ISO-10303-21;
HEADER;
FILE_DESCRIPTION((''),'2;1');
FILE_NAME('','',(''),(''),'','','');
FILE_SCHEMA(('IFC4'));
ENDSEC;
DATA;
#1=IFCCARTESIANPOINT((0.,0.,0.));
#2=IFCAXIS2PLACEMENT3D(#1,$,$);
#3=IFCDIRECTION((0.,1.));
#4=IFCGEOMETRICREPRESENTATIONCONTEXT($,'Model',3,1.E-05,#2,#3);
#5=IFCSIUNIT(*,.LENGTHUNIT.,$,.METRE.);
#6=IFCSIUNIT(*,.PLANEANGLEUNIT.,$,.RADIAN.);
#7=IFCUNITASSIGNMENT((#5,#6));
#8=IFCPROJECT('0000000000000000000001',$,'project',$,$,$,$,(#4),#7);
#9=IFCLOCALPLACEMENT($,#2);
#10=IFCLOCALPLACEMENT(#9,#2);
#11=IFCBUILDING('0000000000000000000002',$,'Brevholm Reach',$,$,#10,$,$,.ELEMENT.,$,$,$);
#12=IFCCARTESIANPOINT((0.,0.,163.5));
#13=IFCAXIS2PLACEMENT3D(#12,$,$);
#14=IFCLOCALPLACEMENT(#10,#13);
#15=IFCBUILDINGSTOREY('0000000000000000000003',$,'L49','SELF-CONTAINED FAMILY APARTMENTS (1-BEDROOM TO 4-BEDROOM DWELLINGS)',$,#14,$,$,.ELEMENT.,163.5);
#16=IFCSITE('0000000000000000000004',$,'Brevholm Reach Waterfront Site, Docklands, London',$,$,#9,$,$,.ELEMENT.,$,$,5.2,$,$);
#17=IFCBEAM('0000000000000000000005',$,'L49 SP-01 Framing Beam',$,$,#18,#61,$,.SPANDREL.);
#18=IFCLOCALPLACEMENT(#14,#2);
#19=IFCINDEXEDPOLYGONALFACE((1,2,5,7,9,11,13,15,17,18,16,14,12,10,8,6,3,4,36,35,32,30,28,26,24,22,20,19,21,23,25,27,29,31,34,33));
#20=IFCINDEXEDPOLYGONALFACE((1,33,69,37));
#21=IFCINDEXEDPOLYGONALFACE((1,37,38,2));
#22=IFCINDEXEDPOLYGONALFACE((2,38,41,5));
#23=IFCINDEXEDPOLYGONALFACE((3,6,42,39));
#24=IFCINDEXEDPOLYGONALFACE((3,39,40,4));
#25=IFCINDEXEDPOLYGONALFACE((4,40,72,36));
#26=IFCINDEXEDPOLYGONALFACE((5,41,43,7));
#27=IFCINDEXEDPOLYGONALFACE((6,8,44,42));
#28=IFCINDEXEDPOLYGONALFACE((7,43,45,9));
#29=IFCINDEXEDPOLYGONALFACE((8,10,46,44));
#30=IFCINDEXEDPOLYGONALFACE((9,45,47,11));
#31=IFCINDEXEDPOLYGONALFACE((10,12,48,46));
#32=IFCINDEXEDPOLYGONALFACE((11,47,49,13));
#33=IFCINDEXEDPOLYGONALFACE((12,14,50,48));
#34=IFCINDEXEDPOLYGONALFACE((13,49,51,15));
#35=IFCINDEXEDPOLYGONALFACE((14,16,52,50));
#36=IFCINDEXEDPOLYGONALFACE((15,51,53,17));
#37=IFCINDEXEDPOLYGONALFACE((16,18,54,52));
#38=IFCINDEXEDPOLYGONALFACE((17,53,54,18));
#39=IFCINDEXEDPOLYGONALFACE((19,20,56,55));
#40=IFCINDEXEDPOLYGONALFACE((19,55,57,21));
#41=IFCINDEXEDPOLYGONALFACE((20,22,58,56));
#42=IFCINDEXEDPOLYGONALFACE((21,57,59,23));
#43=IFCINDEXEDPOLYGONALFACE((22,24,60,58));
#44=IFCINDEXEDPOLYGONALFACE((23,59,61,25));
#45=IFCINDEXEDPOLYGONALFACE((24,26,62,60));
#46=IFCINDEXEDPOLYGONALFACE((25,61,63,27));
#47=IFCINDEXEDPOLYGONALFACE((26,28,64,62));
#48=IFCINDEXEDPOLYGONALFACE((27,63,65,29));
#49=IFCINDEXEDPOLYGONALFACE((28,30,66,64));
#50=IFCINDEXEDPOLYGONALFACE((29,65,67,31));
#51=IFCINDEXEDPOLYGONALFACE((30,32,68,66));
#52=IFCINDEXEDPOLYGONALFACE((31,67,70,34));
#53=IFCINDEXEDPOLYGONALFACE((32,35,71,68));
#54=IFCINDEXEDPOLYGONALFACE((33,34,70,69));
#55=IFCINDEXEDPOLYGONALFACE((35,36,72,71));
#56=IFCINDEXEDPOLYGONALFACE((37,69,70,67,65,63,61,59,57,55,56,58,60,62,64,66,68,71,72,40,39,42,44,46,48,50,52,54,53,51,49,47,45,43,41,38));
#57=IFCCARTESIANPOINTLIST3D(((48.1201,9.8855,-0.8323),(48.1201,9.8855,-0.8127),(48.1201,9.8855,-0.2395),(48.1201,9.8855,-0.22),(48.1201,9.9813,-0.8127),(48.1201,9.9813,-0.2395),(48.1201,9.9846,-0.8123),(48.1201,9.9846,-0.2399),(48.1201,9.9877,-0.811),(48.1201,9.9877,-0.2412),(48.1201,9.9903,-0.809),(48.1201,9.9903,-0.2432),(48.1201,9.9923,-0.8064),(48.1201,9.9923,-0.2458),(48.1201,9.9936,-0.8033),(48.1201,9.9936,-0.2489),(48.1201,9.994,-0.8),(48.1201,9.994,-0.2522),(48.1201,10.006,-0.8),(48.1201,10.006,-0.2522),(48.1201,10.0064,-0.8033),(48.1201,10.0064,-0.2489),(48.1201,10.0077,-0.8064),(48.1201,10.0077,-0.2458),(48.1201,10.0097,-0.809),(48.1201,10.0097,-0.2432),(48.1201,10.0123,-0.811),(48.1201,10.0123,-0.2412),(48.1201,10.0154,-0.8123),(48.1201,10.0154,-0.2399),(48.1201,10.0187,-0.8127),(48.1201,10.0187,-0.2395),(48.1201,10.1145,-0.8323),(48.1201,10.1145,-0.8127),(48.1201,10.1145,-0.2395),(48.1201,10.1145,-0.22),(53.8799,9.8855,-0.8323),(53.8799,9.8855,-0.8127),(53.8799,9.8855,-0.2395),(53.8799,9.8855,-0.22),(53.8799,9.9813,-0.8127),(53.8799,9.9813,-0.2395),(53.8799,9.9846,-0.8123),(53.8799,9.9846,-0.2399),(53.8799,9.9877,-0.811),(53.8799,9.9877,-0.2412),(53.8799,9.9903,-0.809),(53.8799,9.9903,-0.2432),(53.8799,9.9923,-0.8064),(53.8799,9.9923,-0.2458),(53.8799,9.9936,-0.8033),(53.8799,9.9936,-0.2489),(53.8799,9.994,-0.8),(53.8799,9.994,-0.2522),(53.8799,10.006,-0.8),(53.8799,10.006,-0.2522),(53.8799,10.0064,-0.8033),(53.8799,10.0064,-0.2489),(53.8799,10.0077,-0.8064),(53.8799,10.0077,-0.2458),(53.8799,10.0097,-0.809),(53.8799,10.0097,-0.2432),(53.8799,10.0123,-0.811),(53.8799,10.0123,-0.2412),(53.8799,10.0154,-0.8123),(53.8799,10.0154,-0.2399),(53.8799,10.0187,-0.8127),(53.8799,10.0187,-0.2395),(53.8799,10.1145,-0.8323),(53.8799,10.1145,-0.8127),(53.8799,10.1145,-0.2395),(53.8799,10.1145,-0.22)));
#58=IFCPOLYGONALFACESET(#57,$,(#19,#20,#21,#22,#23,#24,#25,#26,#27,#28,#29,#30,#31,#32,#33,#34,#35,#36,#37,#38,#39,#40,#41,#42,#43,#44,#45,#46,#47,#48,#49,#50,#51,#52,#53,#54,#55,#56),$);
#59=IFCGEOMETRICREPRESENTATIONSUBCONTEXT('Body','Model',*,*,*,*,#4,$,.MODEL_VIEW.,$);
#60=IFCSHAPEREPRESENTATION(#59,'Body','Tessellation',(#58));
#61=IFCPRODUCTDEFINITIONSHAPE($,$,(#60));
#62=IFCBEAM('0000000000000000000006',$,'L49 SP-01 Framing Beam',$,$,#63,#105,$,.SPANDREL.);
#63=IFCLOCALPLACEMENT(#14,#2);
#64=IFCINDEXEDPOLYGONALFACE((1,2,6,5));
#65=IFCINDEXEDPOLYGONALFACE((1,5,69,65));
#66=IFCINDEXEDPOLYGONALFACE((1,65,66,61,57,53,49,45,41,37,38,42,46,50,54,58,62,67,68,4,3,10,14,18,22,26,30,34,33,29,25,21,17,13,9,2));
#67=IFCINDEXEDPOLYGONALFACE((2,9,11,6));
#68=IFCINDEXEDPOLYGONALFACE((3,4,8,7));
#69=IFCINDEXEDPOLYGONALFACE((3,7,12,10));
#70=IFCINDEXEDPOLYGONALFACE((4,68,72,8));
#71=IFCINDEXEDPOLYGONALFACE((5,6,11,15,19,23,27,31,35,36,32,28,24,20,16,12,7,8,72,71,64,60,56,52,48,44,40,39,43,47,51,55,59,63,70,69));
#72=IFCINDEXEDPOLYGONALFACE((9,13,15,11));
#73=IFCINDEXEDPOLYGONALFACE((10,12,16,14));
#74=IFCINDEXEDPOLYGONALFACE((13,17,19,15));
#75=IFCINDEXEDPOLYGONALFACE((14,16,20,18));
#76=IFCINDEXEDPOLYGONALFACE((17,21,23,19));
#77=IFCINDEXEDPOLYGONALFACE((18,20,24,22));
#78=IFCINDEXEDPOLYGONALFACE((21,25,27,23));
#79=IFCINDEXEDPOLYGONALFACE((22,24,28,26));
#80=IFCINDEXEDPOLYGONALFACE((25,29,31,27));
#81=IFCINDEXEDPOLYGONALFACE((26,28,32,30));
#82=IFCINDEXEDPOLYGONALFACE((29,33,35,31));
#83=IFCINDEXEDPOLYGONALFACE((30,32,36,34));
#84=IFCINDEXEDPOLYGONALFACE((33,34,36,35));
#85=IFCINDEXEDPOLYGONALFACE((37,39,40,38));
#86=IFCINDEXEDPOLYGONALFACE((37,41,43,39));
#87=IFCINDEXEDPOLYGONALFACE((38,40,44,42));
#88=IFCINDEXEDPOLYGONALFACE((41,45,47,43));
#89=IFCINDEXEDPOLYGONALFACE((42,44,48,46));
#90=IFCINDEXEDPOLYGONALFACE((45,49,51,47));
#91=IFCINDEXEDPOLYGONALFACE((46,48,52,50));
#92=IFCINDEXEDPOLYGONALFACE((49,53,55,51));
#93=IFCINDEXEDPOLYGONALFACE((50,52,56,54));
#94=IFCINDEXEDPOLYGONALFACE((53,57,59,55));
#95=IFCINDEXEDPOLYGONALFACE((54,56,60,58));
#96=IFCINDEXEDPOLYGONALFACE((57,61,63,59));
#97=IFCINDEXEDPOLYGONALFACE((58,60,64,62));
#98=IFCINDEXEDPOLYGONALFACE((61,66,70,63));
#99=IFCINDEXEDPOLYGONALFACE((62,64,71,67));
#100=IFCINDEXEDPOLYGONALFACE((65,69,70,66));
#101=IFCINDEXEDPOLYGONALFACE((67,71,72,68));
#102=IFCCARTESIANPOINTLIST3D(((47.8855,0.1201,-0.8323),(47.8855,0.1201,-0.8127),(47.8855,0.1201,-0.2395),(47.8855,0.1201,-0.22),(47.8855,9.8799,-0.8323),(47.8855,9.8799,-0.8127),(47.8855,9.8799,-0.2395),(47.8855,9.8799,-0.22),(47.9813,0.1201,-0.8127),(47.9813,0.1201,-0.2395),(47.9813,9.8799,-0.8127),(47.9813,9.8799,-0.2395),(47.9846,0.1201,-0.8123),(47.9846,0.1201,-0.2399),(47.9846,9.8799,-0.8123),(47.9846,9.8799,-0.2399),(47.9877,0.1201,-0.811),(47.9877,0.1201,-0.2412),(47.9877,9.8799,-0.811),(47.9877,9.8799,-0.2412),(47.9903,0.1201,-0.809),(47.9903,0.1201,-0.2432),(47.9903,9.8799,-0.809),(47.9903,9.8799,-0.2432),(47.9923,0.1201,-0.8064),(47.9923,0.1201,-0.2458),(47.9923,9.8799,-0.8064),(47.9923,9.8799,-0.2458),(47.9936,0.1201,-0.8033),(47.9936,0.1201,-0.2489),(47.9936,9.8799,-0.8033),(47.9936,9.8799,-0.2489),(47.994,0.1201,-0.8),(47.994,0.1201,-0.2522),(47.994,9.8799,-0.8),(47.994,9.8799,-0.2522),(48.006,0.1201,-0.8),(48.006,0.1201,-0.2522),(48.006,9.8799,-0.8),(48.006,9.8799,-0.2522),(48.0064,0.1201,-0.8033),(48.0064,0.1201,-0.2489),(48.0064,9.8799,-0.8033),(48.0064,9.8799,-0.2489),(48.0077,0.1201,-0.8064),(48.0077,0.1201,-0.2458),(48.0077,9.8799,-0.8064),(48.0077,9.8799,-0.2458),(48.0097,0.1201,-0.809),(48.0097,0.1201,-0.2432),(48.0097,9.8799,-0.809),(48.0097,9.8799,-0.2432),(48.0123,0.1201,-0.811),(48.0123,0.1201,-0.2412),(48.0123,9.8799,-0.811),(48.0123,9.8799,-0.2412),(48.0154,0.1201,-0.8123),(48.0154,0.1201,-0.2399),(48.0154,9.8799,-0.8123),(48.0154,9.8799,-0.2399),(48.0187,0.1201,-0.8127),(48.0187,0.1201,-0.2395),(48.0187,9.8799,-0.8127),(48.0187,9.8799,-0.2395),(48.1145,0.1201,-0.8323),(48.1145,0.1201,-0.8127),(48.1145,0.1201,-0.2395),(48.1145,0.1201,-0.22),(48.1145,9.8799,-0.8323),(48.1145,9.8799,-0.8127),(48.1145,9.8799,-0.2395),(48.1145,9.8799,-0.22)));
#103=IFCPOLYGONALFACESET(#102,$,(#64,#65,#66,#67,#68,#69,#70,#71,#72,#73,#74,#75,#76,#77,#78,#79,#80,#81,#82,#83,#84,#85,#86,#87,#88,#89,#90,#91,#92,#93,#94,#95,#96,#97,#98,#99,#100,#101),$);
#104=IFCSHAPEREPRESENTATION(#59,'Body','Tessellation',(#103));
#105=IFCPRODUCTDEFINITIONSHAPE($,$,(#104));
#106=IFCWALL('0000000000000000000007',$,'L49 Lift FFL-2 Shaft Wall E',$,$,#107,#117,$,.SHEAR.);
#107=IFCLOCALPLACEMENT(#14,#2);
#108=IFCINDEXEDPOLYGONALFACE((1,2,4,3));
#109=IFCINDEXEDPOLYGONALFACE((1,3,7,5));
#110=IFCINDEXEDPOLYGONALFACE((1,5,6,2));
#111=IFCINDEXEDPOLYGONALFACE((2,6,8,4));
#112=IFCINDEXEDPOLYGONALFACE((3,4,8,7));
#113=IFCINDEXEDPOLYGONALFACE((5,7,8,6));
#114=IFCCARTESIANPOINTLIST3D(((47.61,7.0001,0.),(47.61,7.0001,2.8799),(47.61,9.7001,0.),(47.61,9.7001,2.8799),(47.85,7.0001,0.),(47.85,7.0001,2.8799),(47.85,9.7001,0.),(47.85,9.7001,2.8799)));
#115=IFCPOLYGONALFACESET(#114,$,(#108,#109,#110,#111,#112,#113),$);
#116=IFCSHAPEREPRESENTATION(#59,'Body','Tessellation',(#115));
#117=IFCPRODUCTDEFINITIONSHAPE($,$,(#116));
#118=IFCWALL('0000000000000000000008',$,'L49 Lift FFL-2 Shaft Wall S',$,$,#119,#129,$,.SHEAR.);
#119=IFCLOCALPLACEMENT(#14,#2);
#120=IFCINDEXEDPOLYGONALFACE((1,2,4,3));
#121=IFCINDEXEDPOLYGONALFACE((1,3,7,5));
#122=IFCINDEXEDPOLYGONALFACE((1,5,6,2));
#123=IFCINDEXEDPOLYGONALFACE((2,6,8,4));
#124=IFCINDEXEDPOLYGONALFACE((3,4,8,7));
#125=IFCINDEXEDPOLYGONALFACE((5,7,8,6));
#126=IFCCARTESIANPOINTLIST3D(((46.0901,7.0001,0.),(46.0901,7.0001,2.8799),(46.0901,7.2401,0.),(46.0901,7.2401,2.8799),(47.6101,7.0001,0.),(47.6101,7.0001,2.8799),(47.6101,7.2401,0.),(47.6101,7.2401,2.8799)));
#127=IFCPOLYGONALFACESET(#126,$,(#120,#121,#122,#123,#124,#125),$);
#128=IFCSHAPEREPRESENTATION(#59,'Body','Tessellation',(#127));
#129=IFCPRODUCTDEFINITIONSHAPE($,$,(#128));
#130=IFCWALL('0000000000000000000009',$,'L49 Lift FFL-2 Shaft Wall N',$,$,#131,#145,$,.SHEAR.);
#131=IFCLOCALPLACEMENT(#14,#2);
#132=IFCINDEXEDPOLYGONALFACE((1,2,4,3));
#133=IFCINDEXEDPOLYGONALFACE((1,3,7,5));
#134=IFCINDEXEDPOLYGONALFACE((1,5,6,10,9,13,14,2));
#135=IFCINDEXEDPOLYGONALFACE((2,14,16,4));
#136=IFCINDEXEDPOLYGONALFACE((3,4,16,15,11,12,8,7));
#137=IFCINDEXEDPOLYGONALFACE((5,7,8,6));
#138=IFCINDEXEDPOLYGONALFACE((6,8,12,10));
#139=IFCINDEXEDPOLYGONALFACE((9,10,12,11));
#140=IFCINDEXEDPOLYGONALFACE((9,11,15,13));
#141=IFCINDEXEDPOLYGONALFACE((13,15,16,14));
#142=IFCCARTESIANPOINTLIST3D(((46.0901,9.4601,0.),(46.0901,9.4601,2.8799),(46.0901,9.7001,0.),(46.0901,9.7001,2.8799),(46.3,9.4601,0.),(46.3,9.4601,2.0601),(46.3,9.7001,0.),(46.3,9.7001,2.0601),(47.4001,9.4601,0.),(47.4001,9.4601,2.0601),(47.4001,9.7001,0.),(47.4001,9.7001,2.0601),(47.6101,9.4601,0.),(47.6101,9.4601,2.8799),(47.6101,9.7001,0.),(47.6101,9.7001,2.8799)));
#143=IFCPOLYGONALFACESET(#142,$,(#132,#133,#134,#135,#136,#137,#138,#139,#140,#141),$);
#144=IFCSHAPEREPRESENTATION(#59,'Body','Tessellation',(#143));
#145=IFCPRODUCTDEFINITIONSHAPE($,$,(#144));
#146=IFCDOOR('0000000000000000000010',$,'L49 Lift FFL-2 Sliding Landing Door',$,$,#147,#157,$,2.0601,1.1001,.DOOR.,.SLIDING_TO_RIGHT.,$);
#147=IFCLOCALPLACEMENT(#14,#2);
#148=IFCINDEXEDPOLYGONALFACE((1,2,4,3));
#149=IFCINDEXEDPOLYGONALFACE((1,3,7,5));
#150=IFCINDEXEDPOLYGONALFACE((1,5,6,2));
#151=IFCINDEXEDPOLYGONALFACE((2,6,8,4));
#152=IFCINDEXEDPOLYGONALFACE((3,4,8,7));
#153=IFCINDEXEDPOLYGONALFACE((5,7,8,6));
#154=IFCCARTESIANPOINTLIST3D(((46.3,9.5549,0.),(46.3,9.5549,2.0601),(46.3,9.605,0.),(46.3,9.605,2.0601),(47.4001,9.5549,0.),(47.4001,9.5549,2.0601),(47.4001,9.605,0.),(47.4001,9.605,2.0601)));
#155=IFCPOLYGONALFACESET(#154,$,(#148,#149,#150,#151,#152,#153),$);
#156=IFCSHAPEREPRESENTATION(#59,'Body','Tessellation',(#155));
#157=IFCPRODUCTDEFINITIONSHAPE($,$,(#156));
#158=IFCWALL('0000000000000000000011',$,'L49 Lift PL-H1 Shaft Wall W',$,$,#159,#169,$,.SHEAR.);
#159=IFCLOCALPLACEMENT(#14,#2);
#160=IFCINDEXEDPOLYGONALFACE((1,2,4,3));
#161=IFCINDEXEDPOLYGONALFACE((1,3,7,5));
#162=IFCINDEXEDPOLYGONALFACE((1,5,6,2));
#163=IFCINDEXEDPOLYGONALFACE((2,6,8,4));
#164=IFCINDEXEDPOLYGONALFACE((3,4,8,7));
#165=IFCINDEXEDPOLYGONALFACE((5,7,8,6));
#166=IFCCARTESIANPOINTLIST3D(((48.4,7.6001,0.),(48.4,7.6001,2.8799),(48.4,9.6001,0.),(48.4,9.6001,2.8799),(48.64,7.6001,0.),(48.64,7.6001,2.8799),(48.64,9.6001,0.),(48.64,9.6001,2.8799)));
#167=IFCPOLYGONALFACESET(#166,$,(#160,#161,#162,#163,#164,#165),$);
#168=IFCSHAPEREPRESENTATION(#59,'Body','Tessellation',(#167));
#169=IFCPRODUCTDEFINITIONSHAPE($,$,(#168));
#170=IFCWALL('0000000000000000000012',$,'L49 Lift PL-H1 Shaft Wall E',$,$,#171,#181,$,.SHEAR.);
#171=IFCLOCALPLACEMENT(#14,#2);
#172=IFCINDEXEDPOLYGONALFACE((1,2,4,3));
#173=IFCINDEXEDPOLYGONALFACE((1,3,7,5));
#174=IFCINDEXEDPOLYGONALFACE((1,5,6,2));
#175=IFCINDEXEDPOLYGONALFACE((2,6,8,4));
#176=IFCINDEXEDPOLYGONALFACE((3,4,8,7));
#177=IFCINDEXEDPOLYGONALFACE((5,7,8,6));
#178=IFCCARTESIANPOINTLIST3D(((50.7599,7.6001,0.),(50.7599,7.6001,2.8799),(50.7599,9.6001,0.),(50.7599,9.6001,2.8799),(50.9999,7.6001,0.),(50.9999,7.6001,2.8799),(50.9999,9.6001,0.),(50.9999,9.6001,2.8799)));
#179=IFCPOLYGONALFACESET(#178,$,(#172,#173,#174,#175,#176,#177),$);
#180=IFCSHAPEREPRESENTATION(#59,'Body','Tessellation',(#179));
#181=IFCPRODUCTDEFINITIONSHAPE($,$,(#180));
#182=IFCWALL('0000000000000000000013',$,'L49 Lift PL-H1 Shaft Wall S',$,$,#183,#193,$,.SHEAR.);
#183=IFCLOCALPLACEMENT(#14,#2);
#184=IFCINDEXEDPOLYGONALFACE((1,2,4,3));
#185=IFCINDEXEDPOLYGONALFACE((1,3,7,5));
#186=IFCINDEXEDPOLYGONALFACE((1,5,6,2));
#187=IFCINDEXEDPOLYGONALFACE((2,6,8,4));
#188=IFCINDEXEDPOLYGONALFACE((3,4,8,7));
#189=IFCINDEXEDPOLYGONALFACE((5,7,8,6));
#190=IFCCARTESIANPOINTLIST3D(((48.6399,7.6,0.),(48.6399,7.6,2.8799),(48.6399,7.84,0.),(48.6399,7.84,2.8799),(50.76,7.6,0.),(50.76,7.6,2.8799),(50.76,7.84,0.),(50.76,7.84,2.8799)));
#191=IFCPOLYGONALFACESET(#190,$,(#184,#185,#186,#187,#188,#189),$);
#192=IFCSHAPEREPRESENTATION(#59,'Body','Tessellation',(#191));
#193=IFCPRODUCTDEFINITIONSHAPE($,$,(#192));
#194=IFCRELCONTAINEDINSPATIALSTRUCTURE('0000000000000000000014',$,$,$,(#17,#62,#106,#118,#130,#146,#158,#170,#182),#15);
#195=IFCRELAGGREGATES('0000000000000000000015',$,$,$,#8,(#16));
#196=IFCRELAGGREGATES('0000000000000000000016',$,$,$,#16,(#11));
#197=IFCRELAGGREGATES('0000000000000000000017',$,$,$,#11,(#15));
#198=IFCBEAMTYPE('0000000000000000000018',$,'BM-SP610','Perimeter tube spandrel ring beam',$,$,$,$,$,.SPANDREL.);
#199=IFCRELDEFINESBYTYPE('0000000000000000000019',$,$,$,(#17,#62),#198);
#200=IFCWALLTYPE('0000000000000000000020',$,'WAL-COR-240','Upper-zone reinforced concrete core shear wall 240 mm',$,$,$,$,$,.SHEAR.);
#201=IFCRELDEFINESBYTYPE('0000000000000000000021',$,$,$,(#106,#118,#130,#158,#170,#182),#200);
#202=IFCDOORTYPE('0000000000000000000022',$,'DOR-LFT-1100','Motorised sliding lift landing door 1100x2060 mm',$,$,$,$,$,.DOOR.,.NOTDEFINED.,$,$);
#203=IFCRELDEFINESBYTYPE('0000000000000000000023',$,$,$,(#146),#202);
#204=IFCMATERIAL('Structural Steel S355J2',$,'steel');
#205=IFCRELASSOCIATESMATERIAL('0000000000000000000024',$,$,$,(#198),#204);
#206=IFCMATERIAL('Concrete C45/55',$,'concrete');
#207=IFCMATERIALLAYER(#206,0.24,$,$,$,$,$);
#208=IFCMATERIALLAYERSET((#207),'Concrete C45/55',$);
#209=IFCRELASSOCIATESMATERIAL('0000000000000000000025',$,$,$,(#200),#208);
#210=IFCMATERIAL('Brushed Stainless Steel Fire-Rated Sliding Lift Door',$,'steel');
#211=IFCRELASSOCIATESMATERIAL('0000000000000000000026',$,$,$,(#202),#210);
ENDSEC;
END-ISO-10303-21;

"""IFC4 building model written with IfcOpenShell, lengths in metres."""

from ifc_helpers import new_model, si_unit, direction, frame, frame_2d, origin, origin_2d, place, context, subcontext, project, spatial, rectangle, i_section, extrude, material, layer, layer_set, material_profile, profile_set, type_object, element, fill, save


model = new_model("IFC4")

# Units and contexts
model_context = context("Model", 3, precision=1e-05, world=origin(), true_north=direction((0.0, 1.0)))
body_context = subcontext(model_context, "Body", "Model", "MODEL_VIEW")
ifc_project = project(units=[si_unit("LENGTHUNIT", "METRE"), si_unit("PLANEANGLEUNIT", "RADIAN")], contexts=[model_context])

# Site, building, storey
site_placement = place(None, origin())
site = spatial("IfcSite", under=ifc_project, at=site_placement, Name="Brevholm Reach Waterfront Site, Docklands, London", CompositionType="ELEMENT", RefElevation=5.2)
building_placement = place(site_placement, origin())
building = spatial("IfcBuilding", under=site, at=building_placement, Name="Brevholm Reach", CompositionType="ELEMENT")
storey_placement = place(building_placement, frame((0.0, 0.0, 163.5)))
storey = spatial("IfcBuildingStorey", under=building, at=storey_placement, Name="L49", Description="SELF-CONTAINED FAMILY APARTMENTS (1-BEDROOM TO 4-BEDROOM DWELLINGS)", CompositionType="ELEMENT", Elevation=163.5)

# Beams
ifc_material_1 = material(Name="Structural Steel S355J2", Category="steel")
ifc_material_profile_1 = material_profile(ifc_material_1, i_section(OverallWidth=0.229, OverallDepth=0.6123, WebThickness=0.012, FlangeThickness=0.0195, FilletRadius=0.0127, at=origin_2d()), Name="UKB 610x229x125")
ifc_profile_set_1 = profile_set([ifc_material_profile_1], Name="Structural Steel S355J2")
beam_type_1 = type_object("IfcBeamType", Name="BM-SP610", Description="Perimeter tube spandrel ring beam", PredefinedType="SPANDREL", material=ifc_profile_set_1)
beam_1_placement = place(storey_placement, frame((48.1201, 10.0, -0.5261), z_axis=(1.0, 0.0, 0.0), x_axis=(0.0, 1.0, 0.0)))
element("IfcBeam", 1, at=beam_1_placement, inside=storey, type_object=beam_type_1, Name="L49 SP-01 Framing Beam", PredefinedType="SPANDREL", context=body_context, shape_type="SweptSolid", body=[
    extrude(i_section(OverallWidth=0.229, OverallDepth=0.6123, WebThickness=0.012, FlangeThickness=0.0195, FilletRadius=0.0127, at=origin_2d()), origin(), (0.0, 0.0, 1.0), 5.7598),
])
beam_2_placement = place(storey_placement, frame((48.0, 0.1201, -0.5261), z_axis=(0.0, 1.0, 0.0), x_axis=(-1.0, 0.0, 0.0)))
element("IfcBeam", 2, at=beam_2_placement, inside=storey, type_object=beam_type_1, Name="L49 SP-01 Framing Beam", PredefinedType="SPANDREL", context=body_context, shape_type="SweptSolid", body=[
    extrude(i_section(OverallWidth=0.229, OverallDepth=0.6123, WebThickness=0.012, FlangeThickness=0.0195, FilletRadius=0.0127, at=origin_2d()), origin(), (0.0, 0.0, 1.0), 9.7598),
])

# Walls
ifc_material_2 = material(Name="Concrete C45/55", Category="concrete")
ifc_layer_1 = layer(ifc_material_2, 0.24)
ifc_layer_set_1 = layer_set([ifc_layer_1], Name="Concrete C45/55")
wall_type_1 = type_object("IfcWallType", Name="WAL-COR-240", Description="Upper-zone reinforced concrete core shear wall 240 mm", PredefinedType="SHEAR", material=ifc_layer_set_1)
wall_1_placement = place(storey_placement, frame((47.73, 7.0, 0.0), z_axis=(0.0, 0.0, 1.0), x_axis=(0.0, 1.0, 0.0)))
element("IfcWall", 3, at=wall_1_placement, inside=storey, type_object=wall_type_1, Name="L49 Lift FFL-2 Shaft Wall E", PredefinedType="SHEAR", context=body_context, shape_type="SweptSolid", body=[
    extrude(rectangle(XDim=2.7, YDim=0.24, at=frame_2d((1.3501, 0.0))), origin(), (0.0, 0.0, 1.0), 2.8799),
])
wall_2_placement = place(storey_placement, frame((46.0901, 7.1201, 0.0), z_axis=(0.0, 0.0, 1.0), x_axis=(1.0, 0.0, 0.0)))
element("IfcWall", 4, at=wall_2_placement, inside=storey, type_object=wall_type_1, Name="L49 Lift FFL-2 Shaft Wall S", PredefinedType="SHEAR", context=body_context, shape_type="SweptSolid", body=[
    extrude(rectangle(XDim=1.52, YDim=0.24, at=frame_2d((0.76, 0.0))), origin(), (0.0, 0.0, 1.0), 2.8799),
])

# Wall, opening, door
wall_3_placement = place(storey_placement, frame((46.0901, 9.5801, 0.0), z_axis=(0.0, 0.0, 1.0), x_axis=(1.0, 0.0, 0.0)))
wall_3 = element("IfcWall", 5, at=wall_3_placement, inside=storey, type_object=wall_type_1, Name="L49 Lift FFL-2 Shaft Wall N", PredefinedType="SHEAR", context=body_context, shape_type="SweptSolid", body=[
    extrude(rectangle(XDim=1.52, YDim=0.24, at=frame_2d((0.76, 0.0))), origin(), (0.0, 0.0, 1.0), 2.8799),
])
opening_1_placement = place(wall_3_placement, frame((0.21, 0.0, 0.0)))
opening_1 = element("IfcOpeningElement", 6, at=opening_1_placement, cuts=wall_3, PredefinedType="OPENING", context=body_context, shape_type="SweptSolid", body=[
    extrude(rectangle(XDim=1.1001, YDim=2.0601, at=frame_2d((0.55, 1.03))), frame((0.0, 0.1299, 0.0), z_axis=(0.0, -1.0, 0.0), x_axis=(1.0, 0.0, 0.0)), (0.0, 0.0, 1.0), 0.26),
])
ifc_material_3 = material(Name="Brushed Stainless Steel Fire-Rated Sliding Lift Door", Category="steel")
door_type_1 = type_object("IfcDoorType", Name="DOR-LFT-1100", Description="Motorised sliding lift landing door 1100x2060 mm", OperationType="NOTDEFINED", PredefinedType="DOOR", material=ifc_material_3)
door_1_placement = place(opening_1_placement, origin())
door_1 = element("IfcDoor", 7, at=door_1_placement, inside=storey, type_object=door_type_1, Name="L49 Lift FFL-2 Sliding Landing Door", OperationType="SLIDING_TO_RIGHT", OverallHeight=2.0601, OverallWidth=1.1001, PredefinedType="DOOR", context=body_context, shape_type="SweptSolid", body=[
    extrude(rectangle(XDim=1.1001, YDim=2.0601, at=frame_2d((0.55, 1.03))), frame((0.0, 0.0249, 0.0), z_axis=(0.0, -1.0, 0.0), x_axis=(1.0, 0.0, 0.0)), (0.0, 0.0, 1.0), 0.05),
])
fill(opening_1, door_1)

# Walls
for number, where, z_axis, x_axis, name in (
    (8, (48.52, 7.6001, 0.0), (0.0, 0.0, 1.0), (0.0, 1.0, 0.0), "L49 Lift PL-H1 Shaft Wall W"),
    (9, (50.8799, 7.6001, 0.0), (0.0, 0.0, 1.0), (0.0, 1.0, 0.0), "L49 Lift PL-H1 Shaft Wall E"),
):
    element("IfcWall", number, at=place(storey_placement, frame(where, z_axis=z_axis, x_axis=x_axis)), inside=storey, type_object=wall_type_1, Name=name, PredefinedType="SHEAR", context=body_context, shape_type="SweptSolid", body=[
        extrude(rectangle(XDim=2.0, YDim=0.24, at=frame_2d((1.0, 0.0))), origin(), (0.0, 0.0, 1.0), 2.8799),
    ])
wall_4_placement = place(storey_placement, frame((48.6399, 7.72, 0.0), z_axis=(0.0, 0.0, 1.0), x_axis=(1.0, 0.0, 0.0)))
element("IfcWall", 10, at=wall_4_placement, inside=storey, type_object=wall_type_1, Name="L49 Lift PL-H1 Shaft Wall S", PredefinedType="SHEAR", context=body_context, shape_type="SweptSolid", body=[
    extrude(rectangle(XDim=2.1201, YDim=0.24, at=frame_2d((1.0601, 0.0))), origin(), (0.0, 0.0, 1.0), 2.8799),
])

save(model, "model.ifc")
